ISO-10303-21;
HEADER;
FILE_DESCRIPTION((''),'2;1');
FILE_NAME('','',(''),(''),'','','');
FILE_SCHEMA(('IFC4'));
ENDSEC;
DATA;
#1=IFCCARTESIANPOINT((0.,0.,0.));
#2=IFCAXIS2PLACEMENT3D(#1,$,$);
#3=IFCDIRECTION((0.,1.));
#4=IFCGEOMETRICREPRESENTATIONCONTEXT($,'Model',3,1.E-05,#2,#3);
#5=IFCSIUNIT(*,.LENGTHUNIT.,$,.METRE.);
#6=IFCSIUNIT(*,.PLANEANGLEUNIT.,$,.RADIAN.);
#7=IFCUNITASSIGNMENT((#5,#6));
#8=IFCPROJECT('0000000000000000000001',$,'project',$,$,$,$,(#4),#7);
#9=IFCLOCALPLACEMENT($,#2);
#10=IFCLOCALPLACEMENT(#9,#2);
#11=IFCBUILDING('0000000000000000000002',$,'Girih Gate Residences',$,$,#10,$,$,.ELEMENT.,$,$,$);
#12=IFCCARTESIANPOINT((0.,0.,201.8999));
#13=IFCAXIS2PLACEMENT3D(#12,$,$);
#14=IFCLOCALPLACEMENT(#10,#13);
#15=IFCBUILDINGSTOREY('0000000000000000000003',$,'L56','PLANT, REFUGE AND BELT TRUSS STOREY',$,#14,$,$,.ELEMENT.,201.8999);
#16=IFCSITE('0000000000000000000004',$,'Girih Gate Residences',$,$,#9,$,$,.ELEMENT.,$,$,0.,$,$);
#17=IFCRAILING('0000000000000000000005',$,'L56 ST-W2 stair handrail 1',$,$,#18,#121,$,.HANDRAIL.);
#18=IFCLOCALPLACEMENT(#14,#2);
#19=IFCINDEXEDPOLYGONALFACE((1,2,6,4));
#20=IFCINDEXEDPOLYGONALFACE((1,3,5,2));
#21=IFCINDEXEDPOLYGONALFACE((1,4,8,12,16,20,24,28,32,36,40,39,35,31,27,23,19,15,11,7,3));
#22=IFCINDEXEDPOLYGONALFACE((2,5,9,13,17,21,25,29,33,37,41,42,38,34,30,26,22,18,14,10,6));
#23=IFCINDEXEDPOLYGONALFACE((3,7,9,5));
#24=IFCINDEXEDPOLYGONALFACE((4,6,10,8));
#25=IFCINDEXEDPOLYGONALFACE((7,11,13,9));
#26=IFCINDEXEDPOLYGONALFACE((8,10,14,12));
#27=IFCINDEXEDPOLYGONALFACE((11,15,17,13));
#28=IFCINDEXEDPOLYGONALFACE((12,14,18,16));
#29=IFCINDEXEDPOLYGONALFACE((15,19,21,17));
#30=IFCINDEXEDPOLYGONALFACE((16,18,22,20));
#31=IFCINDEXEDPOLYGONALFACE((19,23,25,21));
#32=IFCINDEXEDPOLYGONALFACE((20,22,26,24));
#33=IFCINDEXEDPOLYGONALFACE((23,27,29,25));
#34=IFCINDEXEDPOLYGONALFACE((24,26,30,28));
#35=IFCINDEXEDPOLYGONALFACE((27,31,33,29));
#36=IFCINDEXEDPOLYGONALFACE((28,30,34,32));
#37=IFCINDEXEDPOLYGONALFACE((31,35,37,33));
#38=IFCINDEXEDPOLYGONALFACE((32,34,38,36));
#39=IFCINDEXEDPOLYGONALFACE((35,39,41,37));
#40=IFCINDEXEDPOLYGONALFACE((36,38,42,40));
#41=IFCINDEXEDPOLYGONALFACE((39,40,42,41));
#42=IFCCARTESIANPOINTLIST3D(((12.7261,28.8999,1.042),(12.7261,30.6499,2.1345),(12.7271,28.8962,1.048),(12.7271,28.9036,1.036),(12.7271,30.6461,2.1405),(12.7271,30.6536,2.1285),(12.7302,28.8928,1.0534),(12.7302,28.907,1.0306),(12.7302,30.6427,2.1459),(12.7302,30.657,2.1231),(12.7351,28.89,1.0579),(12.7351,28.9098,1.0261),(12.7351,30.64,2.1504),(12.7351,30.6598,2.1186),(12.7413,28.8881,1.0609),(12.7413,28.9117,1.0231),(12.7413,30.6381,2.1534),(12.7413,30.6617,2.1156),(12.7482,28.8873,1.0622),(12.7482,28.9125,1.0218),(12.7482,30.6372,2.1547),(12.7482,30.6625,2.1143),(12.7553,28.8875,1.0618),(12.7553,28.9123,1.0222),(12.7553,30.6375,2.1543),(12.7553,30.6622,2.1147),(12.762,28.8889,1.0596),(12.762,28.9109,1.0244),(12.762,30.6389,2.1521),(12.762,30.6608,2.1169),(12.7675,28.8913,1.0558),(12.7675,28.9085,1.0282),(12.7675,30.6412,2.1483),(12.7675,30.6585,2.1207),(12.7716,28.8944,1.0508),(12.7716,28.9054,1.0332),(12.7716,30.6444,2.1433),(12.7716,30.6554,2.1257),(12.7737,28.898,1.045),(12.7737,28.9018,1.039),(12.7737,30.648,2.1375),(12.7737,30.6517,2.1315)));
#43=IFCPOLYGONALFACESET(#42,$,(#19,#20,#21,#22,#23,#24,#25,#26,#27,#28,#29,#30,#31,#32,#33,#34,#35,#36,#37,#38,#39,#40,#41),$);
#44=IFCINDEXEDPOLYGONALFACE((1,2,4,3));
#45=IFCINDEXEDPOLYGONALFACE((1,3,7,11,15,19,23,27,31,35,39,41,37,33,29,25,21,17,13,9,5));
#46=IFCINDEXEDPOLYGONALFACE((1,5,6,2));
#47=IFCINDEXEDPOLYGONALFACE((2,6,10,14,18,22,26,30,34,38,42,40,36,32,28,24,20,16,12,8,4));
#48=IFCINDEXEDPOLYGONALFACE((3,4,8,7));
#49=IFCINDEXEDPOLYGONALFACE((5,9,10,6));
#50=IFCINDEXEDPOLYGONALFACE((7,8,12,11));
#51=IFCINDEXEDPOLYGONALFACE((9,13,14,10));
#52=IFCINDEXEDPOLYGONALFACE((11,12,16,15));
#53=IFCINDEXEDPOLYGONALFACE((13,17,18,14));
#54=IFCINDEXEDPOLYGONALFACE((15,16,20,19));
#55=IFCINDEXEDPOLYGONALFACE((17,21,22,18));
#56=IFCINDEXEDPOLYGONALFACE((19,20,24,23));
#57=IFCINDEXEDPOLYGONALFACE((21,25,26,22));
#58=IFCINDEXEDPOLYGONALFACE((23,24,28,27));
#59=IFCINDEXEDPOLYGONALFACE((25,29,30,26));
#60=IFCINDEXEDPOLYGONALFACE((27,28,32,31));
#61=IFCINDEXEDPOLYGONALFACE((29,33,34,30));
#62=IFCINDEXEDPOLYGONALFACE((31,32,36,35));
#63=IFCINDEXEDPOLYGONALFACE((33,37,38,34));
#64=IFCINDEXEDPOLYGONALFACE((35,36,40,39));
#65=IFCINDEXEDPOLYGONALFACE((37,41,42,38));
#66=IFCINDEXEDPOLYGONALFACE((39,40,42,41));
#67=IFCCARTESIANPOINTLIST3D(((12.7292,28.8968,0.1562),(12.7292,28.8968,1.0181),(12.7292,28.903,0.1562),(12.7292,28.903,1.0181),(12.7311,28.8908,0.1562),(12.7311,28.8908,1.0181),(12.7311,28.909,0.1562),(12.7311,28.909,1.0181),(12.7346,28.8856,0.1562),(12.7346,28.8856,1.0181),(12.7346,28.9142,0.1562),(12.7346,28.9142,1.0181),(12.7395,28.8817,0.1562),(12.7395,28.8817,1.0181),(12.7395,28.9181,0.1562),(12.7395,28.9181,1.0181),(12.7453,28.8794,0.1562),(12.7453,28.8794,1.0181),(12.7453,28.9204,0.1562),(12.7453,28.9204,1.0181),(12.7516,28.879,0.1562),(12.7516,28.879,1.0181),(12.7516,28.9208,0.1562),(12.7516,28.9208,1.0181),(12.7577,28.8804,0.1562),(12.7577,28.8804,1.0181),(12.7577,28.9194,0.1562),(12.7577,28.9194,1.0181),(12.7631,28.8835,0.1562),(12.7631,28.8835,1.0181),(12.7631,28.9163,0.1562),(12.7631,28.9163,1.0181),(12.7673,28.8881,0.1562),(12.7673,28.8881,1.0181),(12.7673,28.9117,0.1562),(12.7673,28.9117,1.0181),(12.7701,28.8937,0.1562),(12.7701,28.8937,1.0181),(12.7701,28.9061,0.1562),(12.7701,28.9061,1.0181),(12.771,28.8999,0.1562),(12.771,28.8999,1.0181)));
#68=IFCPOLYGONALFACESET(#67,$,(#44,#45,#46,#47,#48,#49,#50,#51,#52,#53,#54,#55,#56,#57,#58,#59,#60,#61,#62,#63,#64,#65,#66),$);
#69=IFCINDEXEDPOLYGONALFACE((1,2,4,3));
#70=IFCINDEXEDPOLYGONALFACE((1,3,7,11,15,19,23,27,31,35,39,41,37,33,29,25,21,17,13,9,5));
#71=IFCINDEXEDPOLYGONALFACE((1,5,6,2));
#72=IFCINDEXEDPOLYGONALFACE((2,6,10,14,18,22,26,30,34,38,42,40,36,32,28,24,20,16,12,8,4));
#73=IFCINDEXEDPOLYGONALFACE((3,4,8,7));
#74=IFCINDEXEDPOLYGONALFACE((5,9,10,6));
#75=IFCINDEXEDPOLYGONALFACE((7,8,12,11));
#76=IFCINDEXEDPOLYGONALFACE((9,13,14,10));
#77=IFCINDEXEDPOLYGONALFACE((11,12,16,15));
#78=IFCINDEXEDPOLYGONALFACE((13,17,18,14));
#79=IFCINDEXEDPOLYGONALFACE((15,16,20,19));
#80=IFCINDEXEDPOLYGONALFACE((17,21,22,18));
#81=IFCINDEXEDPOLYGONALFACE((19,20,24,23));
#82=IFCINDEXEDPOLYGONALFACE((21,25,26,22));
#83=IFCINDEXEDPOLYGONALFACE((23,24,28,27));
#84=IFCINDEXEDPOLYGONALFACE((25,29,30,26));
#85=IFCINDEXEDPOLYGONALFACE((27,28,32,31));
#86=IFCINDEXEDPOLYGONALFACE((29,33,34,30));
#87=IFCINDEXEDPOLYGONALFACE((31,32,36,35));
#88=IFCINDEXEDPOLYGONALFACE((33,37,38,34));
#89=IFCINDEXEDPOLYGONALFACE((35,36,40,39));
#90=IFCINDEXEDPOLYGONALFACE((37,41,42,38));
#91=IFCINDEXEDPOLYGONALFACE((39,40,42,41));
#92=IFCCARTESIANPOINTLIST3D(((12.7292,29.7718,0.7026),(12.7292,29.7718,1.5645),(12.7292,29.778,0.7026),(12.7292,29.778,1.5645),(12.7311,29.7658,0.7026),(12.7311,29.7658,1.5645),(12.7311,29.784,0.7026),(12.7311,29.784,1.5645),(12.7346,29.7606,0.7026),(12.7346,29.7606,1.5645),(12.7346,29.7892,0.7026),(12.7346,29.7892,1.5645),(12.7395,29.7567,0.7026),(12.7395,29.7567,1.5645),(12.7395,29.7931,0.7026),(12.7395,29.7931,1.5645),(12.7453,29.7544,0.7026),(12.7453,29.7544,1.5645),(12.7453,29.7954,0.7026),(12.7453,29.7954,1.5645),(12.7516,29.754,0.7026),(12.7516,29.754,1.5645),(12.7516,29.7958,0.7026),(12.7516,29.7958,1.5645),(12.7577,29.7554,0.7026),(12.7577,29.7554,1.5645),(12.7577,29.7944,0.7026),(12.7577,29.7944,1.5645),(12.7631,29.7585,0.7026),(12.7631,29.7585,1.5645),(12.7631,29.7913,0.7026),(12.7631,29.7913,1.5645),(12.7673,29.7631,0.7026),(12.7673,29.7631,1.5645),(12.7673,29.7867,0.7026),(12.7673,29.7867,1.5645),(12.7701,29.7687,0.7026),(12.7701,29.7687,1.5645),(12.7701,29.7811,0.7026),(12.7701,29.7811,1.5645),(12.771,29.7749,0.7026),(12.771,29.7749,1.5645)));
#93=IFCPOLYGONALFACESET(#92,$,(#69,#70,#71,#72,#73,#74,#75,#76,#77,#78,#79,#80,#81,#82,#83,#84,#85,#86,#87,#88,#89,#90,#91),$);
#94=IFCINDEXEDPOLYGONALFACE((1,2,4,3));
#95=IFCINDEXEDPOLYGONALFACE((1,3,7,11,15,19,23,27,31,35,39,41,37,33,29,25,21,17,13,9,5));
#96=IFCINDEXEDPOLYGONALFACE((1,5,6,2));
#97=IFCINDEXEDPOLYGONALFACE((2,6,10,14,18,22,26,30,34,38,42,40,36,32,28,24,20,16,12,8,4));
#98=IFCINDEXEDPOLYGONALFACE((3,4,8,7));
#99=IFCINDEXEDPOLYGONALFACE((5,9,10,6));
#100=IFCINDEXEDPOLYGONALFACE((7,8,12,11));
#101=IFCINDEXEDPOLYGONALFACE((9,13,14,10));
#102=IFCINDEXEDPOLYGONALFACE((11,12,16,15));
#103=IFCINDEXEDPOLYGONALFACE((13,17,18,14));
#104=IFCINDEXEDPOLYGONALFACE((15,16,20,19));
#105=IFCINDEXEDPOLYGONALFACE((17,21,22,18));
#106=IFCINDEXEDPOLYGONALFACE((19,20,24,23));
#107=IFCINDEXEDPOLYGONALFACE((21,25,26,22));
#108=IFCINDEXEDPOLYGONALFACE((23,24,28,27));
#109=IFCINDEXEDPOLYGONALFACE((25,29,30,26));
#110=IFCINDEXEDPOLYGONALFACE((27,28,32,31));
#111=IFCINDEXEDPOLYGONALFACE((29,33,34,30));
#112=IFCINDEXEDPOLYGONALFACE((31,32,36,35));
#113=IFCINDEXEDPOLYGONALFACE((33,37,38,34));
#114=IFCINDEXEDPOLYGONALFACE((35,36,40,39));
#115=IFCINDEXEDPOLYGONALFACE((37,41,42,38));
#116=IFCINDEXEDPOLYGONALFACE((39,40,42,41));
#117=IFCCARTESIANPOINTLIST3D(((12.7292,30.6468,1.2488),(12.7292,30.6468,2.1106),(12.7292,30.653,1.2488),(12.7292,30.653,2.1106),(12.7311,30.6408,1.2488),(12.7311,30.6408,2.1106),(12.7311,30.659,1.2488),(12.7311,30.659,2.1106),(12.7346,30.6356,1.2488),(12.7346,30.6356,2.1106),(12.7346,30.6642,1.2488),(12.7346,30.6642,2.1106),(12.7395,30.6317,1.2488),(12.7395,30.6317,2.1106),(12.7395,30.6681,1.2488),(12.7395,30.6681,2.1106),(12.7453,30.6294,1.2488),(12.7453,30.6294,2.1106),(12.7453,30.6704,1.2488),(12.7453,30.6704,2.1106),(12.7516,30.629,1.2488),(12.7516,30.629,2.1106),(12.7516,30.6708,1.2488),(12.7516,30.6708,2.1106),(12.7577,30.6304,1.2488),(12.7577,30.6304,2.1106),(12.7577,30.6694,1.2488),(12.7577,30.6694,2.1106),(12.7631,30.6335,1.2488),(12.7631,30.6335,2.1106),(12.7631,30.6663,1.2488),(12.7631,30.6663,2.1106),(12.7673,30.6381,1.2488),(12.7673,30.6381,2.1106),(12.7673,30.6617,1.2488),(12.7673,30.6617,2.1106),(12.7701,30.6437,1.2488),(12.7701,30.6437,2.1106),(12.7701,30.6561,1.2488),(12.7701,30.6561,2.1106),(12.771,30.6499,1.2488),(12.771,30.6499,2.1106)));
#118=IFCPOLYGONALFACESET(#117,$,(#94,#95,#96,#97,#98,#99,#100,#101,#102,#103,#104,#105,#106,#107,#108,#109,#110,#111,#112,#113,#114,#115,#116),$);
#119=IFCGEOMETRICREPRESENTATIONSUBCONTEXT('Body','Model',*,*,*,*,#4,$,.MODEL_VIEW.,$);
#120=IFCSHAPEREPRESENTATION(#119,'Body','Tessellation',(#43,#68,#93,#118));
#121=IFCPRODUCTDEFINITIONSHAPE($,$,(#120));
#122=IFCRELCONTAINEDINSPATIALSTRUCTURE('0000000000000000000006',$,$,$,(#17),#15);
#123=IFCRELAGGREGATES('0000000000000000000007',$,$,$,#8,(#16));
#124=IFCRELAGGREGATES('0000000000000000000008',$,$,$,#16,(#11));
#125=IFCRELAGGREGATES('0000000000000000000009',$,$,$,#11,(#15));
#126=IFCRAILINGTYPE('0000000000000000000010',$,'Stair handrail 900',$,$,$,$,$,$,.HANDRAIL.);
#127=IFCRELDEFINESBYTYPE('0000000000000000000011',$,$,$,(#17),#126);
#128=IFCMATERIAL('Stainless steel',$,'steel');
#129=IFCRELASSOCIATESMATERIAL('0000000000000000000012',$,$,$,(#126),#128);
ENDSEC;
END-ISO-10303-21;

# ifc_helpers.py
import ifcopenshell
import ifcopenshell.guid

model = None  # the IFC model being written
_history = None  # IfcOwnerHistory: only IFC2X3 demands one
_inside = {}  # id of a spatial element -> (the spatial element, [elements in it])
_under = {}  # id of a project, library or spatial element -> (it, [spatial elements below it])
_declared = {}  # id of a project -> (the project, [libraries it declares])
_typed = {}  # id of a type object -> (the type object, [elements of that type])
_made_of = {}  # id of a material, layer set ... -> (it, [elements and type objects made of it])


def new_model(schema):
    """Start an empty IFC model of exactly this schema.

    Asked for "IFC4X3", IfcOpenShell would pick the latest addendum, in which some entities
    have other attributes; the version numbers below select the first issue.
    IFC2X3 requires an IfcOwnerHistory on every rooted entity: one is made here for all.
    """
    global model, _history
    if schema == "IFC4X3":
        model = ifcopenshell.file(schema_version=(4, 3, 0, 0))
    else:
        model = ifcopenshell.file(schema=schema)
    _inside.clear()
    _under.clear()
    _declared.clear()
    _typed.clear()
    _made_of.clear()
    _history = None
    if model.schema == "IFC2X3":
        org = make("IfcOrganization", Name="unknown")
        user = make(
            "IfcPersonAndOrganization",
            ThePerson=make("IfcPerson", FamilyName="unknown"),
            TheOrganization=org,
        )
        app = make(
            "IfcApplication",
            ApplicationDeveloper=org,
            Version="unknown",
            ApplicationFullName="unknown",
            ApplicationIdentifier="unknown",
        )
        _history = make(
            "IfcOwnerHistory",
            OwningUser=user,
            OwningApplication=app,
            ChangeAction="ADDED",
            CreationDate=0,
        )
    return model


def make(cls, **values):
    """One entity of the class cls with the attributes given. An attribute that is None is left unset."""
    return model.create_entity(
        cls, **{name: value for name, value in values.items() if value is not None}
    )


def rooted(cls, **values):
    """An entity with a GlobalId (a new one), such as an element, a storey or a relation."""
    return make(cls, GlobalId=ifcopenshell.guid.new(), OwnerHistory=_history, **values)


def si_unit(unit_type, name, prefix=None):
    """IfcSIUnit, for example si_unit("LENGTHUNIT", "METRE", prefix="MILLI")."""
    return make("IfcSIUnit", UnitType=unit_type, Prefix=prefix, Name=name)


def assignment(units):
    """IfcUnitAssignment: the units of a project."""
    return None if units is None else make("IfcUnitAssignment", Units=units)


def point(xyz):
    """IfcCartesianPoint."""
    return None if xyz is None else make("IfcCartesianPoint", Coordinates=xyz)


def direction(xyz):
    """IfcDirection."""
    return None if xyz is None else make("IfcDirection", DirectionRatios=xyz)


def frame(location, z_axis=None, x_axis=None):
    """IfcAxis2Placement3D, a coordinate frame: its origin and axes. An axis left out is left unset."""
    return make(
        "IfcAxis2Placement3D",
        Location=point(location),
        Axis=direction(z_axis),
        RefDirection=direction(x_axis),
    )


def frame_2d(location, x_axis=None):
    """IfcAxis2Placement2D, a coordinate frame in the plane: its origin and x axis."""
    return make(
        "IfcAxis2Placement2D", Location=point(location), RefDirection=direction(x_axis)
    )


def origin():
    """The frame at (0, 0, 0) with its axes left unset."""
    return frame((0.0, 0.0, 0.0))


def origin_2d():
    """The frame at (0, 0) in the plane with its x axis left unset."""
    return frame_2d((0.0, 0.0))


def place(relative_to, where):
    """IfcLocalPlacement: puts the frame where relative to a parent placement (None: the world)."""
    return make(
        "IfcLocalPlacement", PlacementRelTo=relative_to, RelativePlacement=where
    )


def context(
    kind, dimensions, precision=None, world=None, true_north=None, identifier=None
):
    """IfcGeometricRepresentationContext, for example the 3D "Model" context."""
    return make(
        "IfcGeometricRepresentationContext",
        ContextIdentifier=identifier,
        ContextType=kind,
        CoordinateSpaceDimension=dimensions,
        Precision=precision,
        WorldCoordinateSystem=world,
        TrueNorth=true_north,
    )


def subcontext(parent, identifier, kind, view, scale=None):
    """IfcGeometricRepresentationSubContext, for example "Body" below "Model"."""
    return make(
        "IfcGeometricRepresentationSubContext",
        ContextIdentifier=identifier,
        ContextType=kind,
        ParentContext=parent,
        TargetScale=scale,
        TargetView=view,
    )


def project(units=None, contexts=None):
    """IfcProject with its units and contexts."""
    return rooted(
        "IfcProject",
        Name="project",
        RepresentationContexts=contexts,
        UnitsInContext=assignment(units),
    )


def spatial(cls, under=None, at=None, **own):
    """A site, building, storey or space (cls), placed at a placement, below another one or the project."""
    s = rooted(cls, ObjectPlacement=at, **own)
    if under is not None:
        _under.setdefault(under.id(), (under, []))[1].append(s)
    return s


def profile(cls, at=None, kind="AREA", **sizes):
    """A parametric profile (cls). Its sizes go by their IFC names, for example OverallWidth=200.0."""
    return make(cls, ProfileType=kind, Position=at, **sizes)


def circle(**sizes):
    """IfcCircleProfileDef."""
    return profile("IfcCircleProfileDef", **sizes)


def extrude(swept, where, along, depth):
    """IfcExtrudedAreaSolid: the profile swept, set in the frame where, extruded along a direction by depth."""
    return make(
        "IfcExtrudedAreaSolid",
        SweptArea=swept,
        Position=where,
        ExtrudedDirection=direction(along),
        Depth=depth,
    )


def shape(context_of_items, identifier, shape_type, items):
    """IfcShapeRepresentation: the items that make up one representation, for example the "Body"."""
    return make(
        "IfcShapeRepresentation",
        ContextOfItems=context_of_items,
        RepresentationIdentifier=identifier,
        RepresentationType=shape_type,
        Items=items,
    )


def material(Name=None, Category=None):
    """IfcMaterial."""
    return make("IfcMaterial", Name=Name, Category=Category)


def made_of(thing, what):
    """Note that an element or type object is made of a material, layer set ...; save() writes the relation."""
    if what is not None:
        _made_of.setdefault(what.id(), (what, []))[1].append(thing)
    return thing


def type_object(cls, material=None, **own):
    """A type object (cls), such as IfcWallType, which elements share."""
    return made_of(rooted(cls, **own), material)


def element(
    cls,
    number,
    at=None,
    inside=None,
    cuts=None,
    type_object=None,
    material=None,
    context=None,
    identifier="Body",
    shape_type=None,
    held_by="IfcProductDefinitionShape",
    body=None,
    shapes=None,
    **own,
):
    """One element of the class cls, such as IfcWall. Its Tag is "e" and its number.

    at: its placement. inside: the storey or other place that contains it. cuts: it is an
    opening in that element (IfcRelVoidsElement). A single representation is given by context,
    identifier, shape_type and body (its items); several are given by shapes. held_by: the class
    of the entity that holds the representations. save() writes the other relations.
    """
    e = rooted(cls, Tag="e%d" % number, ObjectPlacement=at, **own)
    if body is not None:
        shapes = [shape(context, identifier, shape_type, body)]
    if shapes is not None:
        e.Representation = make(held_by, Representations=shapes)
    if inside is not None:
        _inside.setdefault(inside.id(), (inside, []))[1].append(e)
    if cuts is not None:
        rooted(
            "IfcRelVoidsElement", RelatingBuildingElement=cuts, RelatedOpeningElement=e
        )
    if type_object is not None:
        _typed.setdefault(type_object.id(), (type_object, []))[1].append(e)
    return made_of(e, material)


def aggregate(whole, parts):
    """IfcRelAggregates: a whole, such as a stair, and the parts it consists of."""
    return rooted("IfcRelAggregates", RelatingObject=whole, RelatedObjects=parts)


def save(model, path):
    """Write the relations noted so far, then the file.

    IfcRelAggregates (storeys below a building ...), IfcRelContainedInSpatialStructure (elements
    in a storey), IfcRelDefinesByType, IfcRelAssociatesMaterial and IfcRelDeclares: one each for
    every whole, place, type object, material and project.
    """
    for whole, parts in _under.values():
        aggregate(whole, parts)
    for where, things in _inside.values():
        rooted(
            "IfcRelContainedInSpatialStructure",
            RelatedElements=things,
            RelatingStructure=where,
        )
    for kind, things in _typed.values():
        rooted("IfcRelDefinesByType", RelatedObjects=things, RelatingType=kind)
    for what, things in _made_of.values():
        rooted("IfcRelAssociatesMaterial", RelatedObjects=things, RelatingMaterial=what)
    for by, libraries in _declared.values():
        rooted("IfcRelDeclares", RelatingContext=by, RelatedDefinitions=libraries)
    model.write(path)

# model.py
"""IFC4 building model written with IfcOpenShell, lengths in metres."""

from ifc_helpers import new_model, si_unit, direction, frame, origin, origin_2d, place, context, subcontext, project, spatial, circle, extrude, material, type_object, element, save


model = new_model("IFC4")

# Units and contexts
model_context = context("Model", 3, precision=1e-05, world=origin(), true_north=direction((0.0, 1.0)))
body_context = subcontext(model_context, "Body", "Model", "MODEL_VIEW")
ifc_project = project(units=[si_unit("LENGTHUNIT", "METRE"), si_unit("PLANEANGLEUNIT", "RADIAN")], contexts=[model_context])

# Site, building, storey
site_placement = place(None, origin())
site = spatial("IfcSite", under=ifc_project, at=site_placement, Name="Girih Gate Residences", CompositionType="ELEMENT", RefElevation=0.0)
building_placement = place(site_placement, origin())
building = spatial("IfcBuilding", under=site, at=building_placement, Name="Girih Gate Residences", CompositionType="ELEMENT")
storey_placement = place(building_placement, frame((0.0, 0.0, 201.8999)))
storey = spatial("IfcBuildingStorey", under=building, at=storey_placement, Name="L56", Description="PLANT, REFUGE AND BELT TRUSS STOREY", CompositionType="ELEMENT", Elevation=201.8999)

# Railing
ifc_material_1 = material(Name="Stainless steel", Category="steel")
railing_type_1 = type_object("IfcRailingType", Name="Stair handrail 900", PredefinedType="HANDRAIL", material=ifc_material_1)
for number, where, name in (
    (1, (12.75, 28.8999, 0.1562), "L56 ST-W2 stair handrail 1"),
):
    element("IfcRailing", number, at=place(storey_placement, frame(where)), inside=storey, type_object=railing_type_1, Name=name, PredefinedType="HANDRAIL", context=body_context, shape_type="SweptSolid", body=[
        extrude(circle(Radius=0.0239, at=origin_2d()), frame((0.0, 0.0, 0.8857), z_axis=(0.0, 0.848264, 0.529573), x_axis=(-1.0, 0.0, 0.0)), (0.0, 0.0, 1.0), 2.063),
        extrude(circle(Radius=0.021, at=origin_2d()), origin(), (0.0, 0.0, 1.0), 0.8618),
        extrude(circle(Radius=0.021, at=origin_2d()), frame((0.0, 0.875, 0.5464)), (0.0, 0.0, 1.0), 0.8618),
        extrude(circle(Radius=0.021, at=origin_2d()), frame((0.0, 1.75, 1.0925)), (0.0, 0.0, 1.0), 0.8618),
    ])

save(model, "model.ifc")
